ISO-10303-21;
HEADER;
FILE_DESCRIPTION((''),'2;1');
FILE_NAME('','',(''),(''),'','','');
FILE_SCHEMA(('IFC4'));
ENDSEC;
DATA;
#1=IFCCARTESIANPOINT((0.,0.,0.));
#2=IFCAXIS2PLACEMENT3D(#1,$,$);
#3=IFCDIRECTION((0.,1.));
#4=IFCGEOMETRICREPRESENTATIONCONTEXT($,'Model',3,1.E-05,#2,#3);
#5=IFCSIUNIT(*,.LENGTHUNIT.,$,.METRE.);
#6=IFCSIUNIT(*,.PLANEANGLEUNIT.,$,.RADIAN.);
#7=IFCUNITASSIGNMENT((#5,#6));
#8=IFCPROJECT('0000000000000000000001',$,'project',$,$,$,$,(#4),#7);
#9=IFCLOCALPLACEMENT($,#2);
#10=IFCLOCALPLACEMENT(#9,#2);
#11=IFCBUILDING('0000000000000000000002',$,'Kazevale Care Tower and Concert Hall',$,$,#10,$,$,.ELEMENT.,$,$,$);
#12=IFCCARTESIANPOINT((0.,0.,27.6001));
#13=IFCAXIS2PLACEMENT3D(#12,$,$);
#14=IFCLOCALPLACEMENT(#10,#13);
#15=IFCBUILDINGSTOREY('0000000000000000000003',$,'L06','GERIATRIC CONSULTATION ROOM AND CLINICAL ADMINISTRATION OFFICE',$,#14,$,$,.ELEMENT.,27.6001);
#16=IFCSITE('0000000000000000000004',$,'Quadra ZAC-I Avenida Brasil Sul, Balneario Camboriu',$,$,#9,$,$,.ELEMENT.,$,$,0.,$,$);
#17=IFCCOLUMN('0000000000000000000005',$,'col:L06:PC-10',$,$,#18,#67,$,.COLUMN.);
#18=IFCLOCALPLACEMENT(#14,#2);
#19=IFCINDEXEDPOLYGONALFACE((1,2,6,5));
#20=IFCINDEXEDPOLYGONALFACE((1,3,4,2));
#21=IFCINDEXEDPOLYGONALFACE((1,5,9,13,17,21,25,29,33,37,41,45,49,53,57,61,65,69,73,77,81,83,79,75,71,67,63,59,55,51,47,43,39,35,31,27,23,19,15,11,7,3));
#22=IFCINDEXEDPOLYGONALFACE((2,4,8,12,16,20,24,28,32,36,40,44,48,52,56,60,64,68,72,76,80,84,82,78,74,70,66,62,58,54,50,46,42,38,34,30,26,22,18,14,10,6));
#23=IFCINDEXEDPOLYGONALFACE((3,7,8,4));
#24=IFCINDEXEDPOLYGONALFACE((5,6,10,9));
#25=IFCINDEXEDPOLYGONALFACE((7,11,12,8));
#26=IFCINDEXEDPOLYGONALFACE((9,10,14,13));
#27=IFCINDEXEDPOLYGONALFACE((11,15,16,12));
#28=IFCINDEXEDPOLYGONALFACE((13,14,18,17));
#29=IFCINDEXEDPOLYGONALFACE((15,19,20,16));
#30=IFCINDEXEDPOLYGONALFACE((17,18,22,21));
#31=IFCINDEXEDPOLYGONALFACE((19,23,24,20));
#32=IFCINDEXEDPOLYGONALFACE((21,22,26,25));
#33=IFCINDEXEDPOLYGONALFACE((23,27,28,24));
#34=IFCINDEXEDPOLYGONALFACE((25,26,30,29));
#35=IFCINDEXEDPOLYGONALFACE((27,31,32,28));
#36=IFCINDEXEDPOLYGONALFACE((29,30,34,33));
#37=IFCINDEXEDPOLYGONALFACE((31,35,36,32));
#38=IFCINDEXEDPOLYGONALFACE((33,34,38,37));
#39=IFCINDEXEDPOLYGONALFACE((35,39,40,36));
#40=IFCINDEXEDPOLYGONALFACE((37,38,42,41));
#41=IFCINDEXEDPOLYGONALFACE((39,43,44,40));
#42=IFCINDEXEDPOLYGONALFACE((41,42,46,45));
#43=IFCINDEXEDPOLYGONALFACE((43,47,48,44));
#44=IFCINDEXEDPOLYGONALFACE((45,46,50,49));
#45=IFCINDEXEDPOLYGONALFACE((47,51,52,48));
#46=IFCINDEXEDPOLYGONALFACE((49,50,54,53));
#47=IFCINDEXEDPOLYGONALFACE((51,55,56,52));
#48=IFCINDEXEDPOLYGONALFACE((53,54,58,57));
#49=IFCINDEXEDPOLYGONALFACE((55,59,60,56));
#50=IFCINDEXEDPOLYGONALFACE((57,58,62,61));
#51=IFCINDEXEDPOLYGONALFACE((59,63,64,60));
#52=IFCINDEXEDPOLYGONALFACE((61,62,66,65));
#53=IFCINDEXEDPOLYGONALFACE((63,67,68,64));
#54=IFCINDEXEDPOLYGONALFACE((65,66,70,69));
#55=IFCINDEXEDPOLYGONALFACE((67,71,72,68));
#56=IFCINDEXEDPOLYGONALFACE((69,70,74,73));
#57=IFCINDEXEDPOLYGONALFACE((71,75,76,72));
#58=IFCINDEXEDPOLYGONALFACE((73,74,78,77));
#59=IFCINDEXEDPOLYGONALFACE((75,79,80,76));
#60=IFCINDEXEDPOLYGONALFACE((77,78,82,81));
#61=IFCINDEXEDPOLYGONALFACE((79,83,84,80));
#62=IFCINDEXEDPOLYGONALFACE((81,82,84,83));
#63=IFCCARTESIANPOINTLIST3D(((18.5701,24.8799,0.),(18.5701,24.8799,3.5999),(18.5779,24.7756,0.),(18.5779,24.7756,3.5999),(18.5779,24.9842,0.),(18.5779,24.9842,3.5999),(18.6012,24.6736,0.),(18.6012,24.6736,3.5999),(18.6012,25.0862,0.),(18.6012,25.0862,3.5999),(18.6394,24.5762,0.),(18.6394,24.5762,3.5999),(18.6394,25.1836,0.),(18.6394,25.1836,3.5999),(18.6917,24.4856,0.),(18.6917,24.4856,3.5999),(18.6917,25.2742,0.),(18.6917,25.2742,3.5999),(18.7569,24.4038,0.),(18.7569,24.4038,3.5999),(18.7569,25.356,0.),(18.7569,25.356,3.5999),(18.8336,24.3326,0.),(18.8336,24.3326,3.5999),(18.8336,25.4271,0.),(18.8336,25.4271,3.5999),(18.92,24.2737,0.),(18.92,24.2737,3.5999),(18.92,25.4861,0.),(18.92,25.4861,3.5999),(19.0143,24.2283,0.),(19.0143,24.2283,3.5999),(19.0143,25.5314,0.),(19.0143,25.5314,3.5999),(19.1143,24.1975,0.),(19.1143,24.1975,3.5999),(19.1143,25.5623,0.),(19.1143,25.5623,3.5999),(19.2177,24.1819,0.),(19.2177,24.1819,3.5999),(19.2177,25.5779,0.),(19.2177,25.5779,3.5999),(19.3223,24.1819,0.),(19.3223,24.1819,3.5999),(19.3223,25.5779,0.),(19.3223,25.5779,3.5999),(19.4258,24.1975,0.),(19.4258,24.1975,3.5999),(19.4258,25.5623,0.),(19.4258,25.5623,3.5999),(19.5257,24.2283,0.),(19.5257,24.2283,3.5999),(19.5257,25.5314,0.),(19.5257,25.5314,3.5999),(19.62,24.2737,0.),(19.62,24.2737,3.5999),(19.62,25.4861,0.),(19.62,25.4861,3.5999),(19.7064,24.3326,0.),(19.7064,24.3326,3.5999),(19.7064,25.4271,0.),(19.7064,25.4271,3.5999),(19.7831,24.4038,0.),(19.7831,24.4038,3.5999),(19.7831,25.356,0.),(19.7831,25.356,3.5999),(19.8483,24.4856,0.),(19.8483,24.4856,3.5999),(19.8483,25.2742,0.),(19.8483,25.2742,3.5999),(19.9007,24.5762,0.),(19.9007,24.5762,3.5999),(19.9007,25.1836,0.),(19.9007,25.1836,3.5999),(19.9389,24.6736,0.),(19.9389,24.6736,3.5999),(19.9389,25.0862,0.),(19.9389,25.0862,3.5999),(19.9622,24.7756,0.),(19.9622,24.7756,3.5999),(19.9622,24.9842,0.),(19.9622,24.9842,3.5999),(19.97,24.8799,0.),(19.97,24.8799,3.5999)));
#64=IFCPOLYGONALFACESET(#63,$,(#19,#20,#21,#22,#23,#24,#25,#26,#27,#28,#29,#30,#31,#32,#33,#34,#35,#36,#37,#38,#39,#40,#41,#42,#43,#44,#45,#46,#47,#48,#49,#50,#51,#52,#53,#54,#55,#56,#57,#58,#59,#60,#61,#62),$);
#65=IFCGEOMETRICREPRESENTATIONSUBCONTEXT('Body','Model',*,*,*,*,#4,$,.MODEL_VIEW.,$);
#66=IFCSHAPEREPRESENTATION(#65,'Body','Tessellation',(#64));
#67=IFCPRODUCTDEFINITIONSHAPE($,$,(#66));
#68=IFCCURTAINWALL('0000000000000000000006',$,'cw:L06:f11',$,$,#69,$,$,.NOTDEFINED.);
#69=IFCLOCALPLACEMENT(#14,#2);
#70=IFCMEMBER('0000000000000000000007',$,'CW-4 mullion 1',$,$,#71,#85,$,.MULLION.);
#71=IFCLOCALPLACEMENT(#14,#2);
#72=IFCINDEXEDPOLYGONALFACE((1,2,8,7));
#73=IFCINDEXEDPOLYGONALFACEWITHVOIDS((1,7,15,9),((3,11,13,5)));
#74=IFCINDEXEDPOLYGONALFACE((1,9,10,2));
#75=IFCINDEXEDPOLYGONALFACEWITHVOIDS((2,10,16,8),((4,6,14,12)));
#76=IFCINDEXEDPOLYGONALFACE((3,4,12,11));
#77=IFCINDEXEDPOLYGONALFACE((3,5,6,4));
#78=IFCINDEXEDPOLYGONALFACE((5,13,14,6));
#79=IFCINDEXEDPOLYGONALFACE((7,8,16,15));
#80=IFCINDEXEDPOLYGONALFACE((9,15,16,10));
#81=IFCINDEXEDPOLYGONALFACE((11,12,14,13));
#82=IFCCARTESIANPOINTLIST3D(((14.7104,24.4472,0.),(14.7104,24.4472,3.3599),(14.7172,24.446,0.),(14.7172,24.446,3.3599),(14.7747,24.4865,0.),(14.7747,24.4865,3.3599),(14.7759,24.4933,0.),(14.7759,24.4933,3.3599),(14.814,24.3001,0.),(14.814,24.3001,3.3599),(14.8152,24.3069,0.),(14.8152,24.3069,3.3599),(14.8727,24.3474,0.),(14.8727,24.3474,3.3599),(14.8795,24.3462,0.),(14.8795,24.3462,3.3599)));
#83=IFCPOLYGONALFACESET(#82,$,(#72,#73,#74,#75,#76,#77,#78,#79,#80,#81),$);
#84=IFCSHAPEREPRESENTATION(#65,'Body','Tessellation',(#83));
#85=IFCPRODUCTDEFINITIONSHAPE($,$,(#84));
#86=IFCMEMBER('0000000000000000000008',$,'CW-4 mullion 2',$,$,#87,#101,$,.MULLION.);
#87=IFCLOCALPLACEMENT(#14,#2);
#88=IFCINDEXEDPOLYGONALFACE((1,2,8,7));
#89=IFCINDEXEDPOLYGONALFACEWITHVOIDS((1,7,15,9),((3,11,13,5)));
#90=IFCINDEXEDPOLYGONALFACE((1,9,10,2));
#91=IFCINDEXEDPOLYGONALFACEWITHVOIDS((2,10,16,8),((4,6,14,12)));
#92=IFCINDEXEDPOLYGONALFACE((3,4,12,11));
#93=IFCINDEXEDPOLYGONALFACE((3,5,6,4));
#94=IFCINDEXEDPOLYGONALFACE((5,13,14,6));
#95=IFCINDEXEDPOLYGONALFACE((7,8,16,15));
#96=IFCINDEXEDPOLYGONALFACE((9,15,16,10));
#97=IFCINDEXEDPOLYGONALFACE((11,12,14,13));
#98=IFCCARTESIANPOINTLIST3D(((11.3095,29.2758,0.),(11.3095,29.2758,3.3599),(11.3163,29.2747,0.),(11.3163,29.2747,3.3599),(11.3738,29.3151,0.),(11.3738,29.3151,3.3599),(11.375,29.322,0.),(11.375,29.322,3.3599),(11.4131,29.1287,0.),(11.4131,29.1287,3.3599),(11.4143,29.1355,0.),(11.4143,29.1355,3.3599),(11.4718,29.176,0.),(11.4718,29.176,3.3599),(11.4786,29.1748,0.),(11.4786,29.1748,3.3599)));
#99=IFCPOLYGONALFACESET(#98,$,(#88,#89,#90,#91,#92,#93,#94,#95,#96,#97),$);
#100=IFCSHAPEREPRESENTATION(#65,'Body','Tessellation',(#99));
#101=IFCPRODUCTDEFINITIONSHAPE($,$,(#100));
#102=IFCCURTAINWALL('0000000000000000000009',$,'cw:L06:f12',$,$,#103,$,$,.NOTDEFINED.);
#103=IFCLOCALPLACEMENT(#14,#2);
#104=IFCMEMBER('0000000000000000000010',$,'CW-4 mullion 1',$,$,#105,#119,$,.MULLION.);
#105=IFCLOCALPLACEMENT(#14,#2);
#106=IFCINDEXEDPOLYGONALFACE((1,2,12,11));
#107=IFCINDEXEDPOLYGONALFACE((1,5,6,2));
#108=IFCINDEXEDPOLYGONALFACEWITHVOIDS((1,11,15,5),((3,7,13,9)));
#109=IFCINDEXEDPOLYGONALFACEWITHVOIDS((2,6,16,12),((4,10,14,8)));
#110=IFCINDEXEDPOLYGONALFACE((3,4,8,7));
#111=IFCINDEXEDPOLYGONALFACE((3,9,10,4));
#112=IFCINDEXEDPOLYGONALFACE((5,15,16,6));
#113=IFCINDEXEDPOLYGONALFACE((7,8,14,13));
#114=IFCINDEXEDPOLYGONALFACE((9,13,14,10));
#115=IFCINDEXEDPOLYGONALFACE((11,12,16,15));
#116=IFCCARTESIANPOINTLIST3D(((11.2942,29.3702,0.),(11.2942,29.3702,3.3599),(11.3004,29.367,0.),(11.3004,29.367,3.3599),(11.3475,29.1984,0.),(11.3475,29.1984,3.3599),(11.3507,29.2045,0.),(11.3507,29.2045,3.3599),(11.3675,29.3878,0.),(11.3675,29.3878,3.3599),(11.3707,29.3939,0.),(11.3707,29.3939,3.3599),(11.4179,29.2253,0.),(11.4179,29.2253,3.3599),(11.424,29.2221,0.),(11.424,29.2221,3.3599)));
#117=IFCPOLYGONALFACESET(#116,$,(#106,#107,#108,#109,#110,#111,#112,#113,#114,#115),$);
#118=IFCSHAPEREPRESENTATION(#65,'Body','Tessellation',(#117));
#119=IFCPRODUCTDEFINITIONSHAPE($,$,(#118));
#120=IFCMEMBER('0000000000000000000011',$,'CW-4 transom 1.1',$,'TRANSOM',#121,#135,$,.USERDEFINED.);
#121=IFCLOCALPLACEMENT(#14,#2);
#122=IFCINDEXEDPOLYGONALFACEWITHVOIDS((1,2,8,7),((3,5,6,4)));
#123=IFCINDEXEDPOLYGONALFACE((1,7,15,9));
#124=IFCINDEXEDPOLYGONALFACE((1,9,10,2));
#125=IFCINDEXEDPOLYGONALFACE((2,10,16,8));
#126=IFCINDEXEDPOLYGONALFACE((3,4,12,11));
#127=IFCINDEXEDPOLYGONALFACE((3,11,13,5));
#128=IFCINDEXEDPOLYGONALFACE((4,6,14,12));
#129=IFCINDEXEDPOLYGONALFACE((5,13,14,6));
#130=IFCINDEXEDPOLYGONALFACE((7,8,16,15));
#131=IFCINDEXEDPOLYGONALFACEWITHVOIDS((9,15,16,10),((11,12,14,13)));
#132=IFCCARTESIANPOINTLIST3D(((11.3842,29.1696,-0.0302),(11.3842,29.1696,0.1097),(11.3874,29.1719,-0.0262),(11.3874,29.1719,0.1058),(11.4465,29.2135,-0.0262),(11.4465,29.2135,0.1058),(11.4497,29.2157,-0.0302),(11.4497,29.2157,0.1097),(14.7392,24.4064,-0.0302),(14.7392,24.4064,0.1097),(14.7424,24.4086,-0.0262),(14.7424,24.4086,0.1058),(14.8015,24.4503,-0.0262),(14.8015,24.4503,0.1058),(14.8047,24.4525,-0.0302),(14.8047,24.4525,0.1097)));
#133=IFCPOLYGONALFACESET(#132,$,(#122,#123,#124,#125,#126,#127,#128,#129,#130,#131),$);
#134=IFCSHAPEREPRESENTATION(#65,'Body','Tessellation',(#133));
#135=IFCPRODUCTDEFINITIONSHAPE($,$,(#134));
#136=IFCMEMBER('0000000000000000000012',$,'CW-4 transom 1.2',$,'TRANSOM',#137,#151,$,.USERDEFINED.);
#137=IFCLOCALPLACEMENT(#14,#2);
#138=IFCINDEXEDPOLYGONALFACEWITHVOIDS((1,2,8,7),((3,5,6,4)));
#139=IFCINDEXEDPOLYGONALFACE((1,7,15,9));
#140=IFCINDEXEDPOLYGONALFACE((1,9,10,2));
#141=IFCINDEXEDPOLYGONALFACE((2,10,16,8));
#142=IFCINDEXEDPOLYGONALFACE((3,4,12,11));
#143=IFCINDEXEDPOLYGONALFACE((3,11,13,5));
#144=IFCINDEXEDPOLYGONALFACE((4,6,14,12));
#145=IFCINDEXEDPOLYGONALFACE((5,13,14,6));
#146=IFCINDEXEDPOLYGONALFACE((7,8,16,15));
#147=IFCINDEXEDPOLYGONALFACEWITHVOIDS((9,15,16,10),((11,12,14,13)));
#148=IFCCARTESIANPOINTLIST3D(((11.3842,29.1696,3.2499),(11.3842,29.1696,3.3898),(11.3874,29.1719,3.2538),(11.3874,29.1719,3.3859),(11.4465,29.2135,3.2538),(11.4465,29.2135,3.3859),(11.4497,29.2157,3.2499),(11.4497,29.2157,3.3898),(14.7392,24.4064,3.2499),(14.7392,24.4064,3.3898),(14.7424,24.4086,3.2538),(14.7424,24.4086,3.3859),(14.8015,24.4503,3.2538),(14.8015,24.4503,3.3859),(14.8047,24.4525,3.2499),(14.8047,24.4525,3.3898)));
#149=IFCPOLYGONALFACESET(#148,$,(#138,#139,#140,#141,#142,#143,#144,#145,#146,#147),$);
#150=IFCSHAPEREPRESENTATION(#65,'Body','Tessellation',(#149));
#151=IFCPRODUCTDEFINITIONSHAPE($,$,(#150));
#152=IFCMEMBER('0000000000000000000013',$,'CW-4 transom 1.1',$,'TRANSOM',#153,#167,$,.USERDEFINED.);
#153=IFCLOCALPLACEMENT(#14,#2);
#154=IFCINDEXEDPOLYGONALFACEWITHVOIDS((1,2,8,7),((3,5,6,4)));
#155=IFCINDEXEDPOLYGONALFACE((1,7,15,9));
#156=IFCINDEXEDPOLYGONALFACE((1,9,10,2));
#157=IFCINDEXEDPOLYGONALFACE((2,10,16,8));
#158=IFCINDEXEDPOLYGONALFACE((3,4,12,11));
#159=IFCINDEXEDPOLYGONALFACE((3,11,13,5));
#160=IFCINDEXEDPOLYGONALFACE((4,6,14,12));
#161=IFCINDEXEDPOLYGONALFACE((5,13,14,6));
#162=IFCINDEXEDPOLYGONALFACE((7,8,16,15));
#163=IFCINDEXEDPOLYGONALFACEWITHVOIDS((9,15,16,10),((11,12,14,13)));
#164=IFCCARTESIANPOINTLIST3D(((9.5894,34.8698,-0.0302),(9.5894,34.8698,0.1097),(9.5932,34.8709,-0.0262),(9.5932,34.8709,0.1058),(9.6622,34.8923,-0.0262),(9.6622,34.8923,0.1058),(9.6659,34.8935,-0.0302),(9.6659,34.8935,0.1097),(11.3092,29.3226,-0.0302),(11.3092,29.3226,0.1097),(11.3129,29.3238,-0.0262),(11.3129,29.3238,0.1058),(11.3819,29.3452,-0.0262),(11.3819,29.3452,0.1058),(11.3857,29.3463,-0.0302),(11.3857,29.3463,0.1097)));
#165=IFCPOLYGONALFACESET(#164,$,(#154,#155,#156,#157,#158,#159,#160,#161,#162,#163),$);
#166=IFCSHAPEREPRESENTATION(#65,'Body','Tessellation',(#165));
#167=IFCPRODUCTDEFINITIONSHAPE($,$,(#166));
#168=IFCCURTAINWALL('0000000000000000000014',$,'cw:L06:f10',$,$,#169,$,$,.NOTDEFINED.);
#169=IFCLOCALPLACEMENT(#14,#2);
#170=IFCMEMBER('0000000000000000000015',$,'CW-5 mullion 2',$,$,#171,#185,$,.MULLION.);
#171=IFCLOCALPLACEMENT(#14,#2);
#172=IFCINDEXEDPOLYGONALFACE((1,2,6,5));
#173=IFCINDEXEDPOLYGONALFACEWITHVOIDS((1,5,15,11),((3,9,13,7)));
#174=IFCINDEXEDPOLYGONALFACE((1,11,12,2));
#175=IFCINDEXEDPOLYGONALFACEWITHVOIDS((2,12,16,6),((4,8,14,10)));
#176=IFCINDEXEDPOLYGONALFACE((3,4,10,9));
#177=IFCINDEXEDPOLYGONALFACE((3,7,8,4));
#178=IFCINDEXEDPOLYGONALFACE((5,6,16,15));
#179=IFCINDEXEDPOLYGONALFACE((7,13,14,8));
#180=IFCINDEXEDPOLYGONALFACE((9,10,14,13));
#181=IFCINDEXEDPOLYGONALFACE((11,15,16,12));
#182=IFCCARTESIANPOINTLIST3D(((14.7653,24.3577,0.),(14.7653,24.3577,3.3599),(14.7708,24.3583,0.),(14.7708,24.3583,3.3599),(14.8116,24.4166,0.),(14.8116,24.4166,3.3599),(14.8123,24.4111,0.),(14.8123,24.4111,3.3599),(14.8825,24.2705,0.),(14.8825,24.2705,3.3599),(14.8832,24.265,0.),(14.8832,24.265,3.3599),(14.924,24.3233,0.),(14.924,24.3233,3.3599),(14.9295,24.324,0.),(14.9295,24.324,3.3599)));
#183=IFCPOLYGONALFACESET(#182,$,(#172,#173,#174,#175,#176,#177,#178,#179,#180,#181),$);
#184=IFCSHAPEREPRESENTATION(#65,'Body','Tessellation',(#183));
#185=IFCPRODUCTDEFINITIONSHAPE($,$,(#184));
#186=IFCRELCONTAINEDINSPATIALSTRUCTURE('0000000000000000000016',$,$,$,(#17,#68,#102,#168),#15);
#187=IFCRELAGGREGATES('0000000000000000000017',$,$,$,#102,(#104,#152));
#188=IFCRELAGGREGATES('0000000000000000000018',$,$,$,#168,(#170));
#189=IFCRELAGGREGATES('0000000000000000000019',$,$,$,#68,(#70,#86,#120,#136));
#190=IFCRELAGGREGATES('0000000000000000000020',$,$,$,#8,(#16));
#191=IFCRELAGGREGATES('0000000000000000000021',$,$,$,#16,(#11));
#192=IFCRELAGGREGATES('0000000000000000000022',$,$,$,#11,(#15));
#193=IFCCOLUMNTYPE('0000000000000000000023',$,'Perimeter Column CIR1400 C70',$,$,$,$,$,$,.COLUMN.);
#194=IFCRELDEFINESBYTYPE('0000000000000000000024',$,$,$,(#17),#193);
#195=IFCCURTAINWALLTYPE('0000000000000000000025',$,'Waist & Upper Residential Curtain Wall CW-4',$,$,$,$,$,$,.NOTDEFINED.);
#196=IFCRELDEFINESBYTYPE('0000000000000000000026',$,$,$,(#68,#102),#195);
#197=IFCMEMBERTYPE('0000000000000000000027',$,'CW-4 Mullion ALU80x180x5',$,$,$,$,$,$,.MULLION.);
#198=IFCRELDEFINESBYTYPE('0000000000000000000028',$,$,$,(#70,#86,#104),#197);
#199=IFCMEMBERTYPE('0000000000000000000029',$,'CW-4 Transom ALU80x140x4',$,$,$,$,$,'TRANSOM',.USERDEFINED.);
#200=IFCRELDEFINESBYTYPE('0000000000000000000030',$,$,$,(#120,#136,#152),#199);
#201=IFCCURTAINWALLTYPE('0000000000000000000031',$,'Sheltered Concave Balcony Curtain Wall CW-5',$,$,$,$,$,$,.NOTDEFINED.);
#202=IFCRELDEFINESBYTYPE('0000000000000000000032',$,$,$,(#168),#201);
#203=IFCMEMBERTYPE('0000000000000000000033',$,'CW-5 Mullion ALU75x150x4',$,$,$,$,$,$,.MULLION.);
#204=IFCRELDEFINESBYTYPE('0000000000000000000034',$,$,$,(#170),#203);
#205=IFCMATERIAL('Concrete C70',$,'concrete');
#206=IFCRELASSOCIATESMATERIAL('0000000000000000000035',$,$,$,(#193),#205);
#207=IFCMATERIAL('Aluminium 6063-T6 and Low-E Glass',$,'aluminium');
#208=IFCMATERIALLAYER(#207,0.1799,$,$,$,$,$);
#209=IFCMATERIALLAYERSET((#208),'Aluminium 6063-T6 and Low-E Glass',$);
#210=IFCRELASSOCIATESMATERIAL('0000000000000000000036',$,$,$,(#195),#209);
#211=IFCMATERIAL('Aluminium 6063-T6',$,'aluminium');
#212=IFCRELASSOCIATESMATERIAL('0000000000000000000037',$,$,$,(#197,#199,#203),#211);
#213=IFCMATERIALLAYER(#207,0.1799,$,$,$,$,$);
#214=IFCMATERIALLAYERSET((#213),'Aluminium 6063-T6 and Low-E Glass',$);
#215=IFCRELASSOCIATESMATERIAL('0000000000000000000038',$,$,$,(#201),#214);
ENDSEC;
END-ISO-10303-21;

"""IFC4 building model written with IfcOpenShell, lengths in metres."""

from ifc_helpers import new_model, si_unit, direction, frame, origin, origin_2d, place, context, subcontext, project, spatial, hollow_rectangle, circle, extrude, material, layer, layer_set, material_profile, profile_set, type_object, element, aggregate, save


model = new_model("IFC4")

# Units and contexts
model_context = context("Model", 3, precision=1e-05, world=origin(), true_north=direction((0.0, 1.0)))
body_context = subcontext(model_context, "Body", "Model", "MODEL_VIEW")
ifc_project = project(units=[si_unit("LENGTHUNIT", "METRE"), si_unit("PLANEANGLEUNIT", "RADIAN")], contexts=[model_context])

# Site, building, storey
site_placement = place(None, origin())
site = spatial("IfcSite", under=ifc_project, at=site_placement, Name="Quadra ZAC-I Avenida Brasil Sul, Balneario Camboriu", CompositionType="ELEMENT", RefElevation=0.0)
building_placement = place(site_placement, origin())
building = spatial("IfcBuilding", under=site, at=building_placement, Name="Kazevale Care Tower and Concert Hall", CompositionType="ELEMENT")
storey_placement = place(building_placement, frame((0.0, 0.0, 27.6001)))
storey = spatial("IfcBuildingStorey", under=building, at=storey_placement, Name="L06", Description="GERIATRIC CONSULTATION ROOM AND CLINICAL ADMINISTRATION OFFICE", CompositionType="ELEMENT", Elevation=27.6001)

# Column
ifc_material_1 = material(Name="Concrete C70", Category="concrete")
ifc_material_profile_1 = material_profile(ifc_material_1, circle(Radius=0.7, at=origin_2d()), Name="RC-CIR1400")
ifc_profile_set_1 = profile_set([ifc_material_profile_1], Name="Concrete C70")
column_type = type_object("IfcColumnType", Name="Perimeter Column CIR1400 C70", PredefinedType="COLUMN", material=ifc_profile_set_1)
column_placement = place(storey_placement, frame((19.27, 24.8799, 0.0), z_axis=(0.0, 0.0, 1.0), x_axis=(1.0, 0.0, 0.0)))
element("IfcColumn", 1, at=column_placement, inside=storey, type_object=column_type, Name="col:L06:PC-10", PredefinedType="COLUMN", context=body_context, shape_type="SweptSolid", body=[
    extrude(circle(Radius=0.7, at=origin_2d()), origin(), (0.0, 0.0, 1.0), 3.5999),
])

# Curtain wall, members
ifc_material_2 = material(Name="Aluminium 6063-T6 and Low-E Glass", Category="aluminium")
ifc_layer_1 = layer(ifc_material_2, 0.1799)
ifc_layer_set_1 = layer_set([ifc_layer_1], Name="Aluminium 6063-T6 and Low-E Glass")
curtain_wall_type_1 = type_object("IfcCurtainWallType", Name="Waist & Upper Residential Curtain Wall CW-4", PredefinedType="NOTDEFINED", material=ifc_layer_set_1)
curtain_wall_1_placement = place(storey_placement, origin())
curtain_wall_1 = element("IfcCurtainWall", 2, at=curtain_wall_1_placement, inside=storey, type_object=curtain_wall_type_1, Name="cw:L06:f11", PredefinedType="NOTDEFINED")
ifc_material_3 = material(Name="Aluminium 6063-T6", Category="aluminium")
ifc_material_profile_2 = material_profile(ifc_material_3, hollow_rectangle(XDim=0.0801, YDim=0.1799, WallThickness=0.0049, at=origin_2d()), Name="ALU80x180x5")
ifc_profile_set_2 = profile_set([ifc_material_profile_2], Name="Aluminium 6063-T6")
member_type_1 = type_object("IfcMemberType", Name="CW-4 Mullion ALU80x180x5", PredefinedType="MULLION", material=ifc_profile_set_2)
member_1_placement = place(storey_placement, frame((14.7949, 24.3967, 0.0), z_axis=(0.0, 0.0, 1.0), x_axis=(-0.817565, -0.575837, 0.0)))
member_1 = element("IfcMember", 3, at=member_1_placement, type_object=member_type_1, Name="CW-4 mullion 1", PredefinedType="MULLION", context=body_context, shape_type="SweptSolid", body=[
    extrude(hollow_rectangle(XDim=0.0801, YDim=0.1799, WallThickness=0.0049, at=origin_2d()), origin(), (0.0, 0.0, 1.0), 3.3599),
])
member_2_placement = place(storey_placement, frame((11.394, 29.2253, 0.0), z_axis=(0.0, 0.0, 1.0), x_axis=(-0.817565, -0.575837, 0.0)))
member_2 = element("IfcMember", 4, at=member_2_placement, type_object=member_type_1, Name="CW-4 mullion 2", PredefinedType="MULLION", context=body_context, shape_type="SweptSolid", body=[
    extrude(hollow_rectangle(XDim=0.0801, YDim=0.1799, WallThickness=0.0049, at=origin_2d()), origin(), (0.0, 0.0, 1.0), 3.3599),
])

# Curtain wall, member
curtain_wall_2_placement = place(storey_placement, origin())
curtain_wall_2 = element("IfcCurtainWall", 5, at=curtain_wall_2_placement, inside=storey, type_object=curtain_wall_type_1, Name="cw:L06:f12", PredefinedType="NOTDEFINED")
member_3_placement = place(storey_placement, frame((11.3591, 29.2961, 0.0), z_axis=(0.0, 0.0, 1.0), x_axis=(-0.955157, -0.296099, 0.0)))
member_3 = element("IfcMember", 6, at=member_3_placement, type_object=member_type_1, Name="CW-4 mullion 1", PredefinedType="MULLION", context=body_context, shape_type="SweptSolid", body=[
    extrude(hollow_rectangle(XDim=0.0801, YDim=0.1799, WallThickness=0.0049, at=origin_2d()), origin(), (0.0, 0.0, 1.0), 3.3599),
])

# Members
ifc_material_profile_3 = material_profile(ifc_material_3, hollow_rectangle(XDim=0.0801, YDim=0.1399, WallThickness=0.0039, at=origin_2d()), Name="ALU80x140x4")
ifc_profile_set_3 = profile_set([ifc_material_profile_3], Name="Aluminium 6063-T6")
member_type_2 = type_object("IfcMemberType", Name="CW-4 Transom ALU80x140x4", ElementType="TRANSOM", PredefinedType="USERDEFINED", material=ifc_profile_set_3)
member_4_placement = place(storey_placement, frame((14.772, 24.4294, 0.0398), z_axis=(-0.57585, 0.817555, 0.0), x_axis=(-0.817555, -0.57585, 0.0)))
member_4 = element("IfcMember", 7, at=member_4_placement, type_object=member_type_2, Name="CW-4 transom 1.1", ObjectType="TRANSOM", PredefinedType="USERDEFINED", context=body_context, shape_type="SweptSolid", body=[
    extrude(hollow_rectangle(XDim=0.0801, YDim=0.1399, WallThickness=0.0039, at=origin_2d()), origin(), (0.0, 0.0, 1.0), 5.8262),
])
member_5_placement = place(storey_placement, frame((14.772, 24.4294, 3.3198), z_axis=(-0.57585, 0.817555, 0.0), x_axis=(-0.817555, -0.57585, 0.0)))
member_5 = element("IfcMember", 8, at=member_5_placement, type_object=member_type_2, Name="CW-4 transom 1.2", ObjectType="TRANSOM", PredefinedType="USERDEFINED", context=body_context, shape_type="SweptSolid", body=[
    extrude(hollow_rectangle(XDim=0.0801, YDim=0.1399, WallThickness=0.0039, at=origin_2d()), origin(), (0.0, 0.0, 1.0), 5.8262),
])
member_6_placement = place(storey_placement, frame((11.3474, 29.3345, 0.0398), z_axis=(-0.296118, 0.955152, 0.0), x_axis=(-0.955152, -0.296118, 0.0)))
member_6 = element("IfcMember", 9, at=member_6_placement, type_object=member_type_2, Name="CW-4 transom 1.1", ObjectType="TRANSOM", PredefinedType="USERDEFINED", context=body_context, shape_type="SweptSolid", body=[
    extrude(hollow_rectangle(XDim=0.0801, YDim=0.1399, WallThickness=0.0039, at=origin_2d()), origin(), (0.0, 0.0, 1.0), 5.8076),
])
aggregate(curtain_wall_2, [member_3, member_6])

# Curtain wall, member
ifc_layer_2 = layer(ifc_material_2, 0.1799)
ifc_layer_set_2 = layer_set([ifc_layer_2], Name="Aluminium 6063-T6 and Low-E Glass")
curtain_wall_type_2 = type_object("IfcCurtainWallType", Name="Sheltered Concave Balcony Curtain Wall CW-5", PredefinedType="NOTDEFINED", material=ifc_layer_set_2)
curtain_wall_3_placement = place(storey_placement, origin())
curtain_wall_3 = element("IfcCurtainWall", 10, at=curtain_wall_3_placement, inside=storey, type_object=curtain_wall_type_2, Name="cw:L06:f10", PredefinedType="NOTDEFINED")
ifc_material_profile_4 = material_profile(ifc_material_3, hollow_rectangle(XDim=0.075, YDim=0.1499, WallThickness=0.0039, at=origin_2d()), Name="ALU75x150x4")
ifc_profile_set_4 = profile_set([ifc_material_profile_4], Name="Aluminium 6063-T6")
member_type_3 = type_object("IfcMemberType", Name="CW-5 Mullion ALU75x150x4", PredefinedType="MULLION", material=ifc_profile_set_4)
member_7_placement = place(storey_placement, frame((14.8474, 24.3408, 0.0), z_axis=(0.0, 0.0, 1.0), x_axis=(-0.617808, -0.786329, 0.0)))
member_7 = element("IfcMember", 11, at=member_7_placement, type_object=member_type_3, Name="CW-5 mullion 2", PredefinedType="MULLION", context=body_context, shape_type="SweptSolid", body=[
    extrude(hollow_rectangle(XDim=0.075, YDim=0.1499, WallThickness=0.0039, at=origin_2d()), origin(), (0.0, 0.0, 1.0), 3.3599),
])
aggregate(curtain_wall_3, [member_7])

aggregate(curtain_wall_1, [member_1, member_2, member_4, member_5])

save(model, "model.ifc")
